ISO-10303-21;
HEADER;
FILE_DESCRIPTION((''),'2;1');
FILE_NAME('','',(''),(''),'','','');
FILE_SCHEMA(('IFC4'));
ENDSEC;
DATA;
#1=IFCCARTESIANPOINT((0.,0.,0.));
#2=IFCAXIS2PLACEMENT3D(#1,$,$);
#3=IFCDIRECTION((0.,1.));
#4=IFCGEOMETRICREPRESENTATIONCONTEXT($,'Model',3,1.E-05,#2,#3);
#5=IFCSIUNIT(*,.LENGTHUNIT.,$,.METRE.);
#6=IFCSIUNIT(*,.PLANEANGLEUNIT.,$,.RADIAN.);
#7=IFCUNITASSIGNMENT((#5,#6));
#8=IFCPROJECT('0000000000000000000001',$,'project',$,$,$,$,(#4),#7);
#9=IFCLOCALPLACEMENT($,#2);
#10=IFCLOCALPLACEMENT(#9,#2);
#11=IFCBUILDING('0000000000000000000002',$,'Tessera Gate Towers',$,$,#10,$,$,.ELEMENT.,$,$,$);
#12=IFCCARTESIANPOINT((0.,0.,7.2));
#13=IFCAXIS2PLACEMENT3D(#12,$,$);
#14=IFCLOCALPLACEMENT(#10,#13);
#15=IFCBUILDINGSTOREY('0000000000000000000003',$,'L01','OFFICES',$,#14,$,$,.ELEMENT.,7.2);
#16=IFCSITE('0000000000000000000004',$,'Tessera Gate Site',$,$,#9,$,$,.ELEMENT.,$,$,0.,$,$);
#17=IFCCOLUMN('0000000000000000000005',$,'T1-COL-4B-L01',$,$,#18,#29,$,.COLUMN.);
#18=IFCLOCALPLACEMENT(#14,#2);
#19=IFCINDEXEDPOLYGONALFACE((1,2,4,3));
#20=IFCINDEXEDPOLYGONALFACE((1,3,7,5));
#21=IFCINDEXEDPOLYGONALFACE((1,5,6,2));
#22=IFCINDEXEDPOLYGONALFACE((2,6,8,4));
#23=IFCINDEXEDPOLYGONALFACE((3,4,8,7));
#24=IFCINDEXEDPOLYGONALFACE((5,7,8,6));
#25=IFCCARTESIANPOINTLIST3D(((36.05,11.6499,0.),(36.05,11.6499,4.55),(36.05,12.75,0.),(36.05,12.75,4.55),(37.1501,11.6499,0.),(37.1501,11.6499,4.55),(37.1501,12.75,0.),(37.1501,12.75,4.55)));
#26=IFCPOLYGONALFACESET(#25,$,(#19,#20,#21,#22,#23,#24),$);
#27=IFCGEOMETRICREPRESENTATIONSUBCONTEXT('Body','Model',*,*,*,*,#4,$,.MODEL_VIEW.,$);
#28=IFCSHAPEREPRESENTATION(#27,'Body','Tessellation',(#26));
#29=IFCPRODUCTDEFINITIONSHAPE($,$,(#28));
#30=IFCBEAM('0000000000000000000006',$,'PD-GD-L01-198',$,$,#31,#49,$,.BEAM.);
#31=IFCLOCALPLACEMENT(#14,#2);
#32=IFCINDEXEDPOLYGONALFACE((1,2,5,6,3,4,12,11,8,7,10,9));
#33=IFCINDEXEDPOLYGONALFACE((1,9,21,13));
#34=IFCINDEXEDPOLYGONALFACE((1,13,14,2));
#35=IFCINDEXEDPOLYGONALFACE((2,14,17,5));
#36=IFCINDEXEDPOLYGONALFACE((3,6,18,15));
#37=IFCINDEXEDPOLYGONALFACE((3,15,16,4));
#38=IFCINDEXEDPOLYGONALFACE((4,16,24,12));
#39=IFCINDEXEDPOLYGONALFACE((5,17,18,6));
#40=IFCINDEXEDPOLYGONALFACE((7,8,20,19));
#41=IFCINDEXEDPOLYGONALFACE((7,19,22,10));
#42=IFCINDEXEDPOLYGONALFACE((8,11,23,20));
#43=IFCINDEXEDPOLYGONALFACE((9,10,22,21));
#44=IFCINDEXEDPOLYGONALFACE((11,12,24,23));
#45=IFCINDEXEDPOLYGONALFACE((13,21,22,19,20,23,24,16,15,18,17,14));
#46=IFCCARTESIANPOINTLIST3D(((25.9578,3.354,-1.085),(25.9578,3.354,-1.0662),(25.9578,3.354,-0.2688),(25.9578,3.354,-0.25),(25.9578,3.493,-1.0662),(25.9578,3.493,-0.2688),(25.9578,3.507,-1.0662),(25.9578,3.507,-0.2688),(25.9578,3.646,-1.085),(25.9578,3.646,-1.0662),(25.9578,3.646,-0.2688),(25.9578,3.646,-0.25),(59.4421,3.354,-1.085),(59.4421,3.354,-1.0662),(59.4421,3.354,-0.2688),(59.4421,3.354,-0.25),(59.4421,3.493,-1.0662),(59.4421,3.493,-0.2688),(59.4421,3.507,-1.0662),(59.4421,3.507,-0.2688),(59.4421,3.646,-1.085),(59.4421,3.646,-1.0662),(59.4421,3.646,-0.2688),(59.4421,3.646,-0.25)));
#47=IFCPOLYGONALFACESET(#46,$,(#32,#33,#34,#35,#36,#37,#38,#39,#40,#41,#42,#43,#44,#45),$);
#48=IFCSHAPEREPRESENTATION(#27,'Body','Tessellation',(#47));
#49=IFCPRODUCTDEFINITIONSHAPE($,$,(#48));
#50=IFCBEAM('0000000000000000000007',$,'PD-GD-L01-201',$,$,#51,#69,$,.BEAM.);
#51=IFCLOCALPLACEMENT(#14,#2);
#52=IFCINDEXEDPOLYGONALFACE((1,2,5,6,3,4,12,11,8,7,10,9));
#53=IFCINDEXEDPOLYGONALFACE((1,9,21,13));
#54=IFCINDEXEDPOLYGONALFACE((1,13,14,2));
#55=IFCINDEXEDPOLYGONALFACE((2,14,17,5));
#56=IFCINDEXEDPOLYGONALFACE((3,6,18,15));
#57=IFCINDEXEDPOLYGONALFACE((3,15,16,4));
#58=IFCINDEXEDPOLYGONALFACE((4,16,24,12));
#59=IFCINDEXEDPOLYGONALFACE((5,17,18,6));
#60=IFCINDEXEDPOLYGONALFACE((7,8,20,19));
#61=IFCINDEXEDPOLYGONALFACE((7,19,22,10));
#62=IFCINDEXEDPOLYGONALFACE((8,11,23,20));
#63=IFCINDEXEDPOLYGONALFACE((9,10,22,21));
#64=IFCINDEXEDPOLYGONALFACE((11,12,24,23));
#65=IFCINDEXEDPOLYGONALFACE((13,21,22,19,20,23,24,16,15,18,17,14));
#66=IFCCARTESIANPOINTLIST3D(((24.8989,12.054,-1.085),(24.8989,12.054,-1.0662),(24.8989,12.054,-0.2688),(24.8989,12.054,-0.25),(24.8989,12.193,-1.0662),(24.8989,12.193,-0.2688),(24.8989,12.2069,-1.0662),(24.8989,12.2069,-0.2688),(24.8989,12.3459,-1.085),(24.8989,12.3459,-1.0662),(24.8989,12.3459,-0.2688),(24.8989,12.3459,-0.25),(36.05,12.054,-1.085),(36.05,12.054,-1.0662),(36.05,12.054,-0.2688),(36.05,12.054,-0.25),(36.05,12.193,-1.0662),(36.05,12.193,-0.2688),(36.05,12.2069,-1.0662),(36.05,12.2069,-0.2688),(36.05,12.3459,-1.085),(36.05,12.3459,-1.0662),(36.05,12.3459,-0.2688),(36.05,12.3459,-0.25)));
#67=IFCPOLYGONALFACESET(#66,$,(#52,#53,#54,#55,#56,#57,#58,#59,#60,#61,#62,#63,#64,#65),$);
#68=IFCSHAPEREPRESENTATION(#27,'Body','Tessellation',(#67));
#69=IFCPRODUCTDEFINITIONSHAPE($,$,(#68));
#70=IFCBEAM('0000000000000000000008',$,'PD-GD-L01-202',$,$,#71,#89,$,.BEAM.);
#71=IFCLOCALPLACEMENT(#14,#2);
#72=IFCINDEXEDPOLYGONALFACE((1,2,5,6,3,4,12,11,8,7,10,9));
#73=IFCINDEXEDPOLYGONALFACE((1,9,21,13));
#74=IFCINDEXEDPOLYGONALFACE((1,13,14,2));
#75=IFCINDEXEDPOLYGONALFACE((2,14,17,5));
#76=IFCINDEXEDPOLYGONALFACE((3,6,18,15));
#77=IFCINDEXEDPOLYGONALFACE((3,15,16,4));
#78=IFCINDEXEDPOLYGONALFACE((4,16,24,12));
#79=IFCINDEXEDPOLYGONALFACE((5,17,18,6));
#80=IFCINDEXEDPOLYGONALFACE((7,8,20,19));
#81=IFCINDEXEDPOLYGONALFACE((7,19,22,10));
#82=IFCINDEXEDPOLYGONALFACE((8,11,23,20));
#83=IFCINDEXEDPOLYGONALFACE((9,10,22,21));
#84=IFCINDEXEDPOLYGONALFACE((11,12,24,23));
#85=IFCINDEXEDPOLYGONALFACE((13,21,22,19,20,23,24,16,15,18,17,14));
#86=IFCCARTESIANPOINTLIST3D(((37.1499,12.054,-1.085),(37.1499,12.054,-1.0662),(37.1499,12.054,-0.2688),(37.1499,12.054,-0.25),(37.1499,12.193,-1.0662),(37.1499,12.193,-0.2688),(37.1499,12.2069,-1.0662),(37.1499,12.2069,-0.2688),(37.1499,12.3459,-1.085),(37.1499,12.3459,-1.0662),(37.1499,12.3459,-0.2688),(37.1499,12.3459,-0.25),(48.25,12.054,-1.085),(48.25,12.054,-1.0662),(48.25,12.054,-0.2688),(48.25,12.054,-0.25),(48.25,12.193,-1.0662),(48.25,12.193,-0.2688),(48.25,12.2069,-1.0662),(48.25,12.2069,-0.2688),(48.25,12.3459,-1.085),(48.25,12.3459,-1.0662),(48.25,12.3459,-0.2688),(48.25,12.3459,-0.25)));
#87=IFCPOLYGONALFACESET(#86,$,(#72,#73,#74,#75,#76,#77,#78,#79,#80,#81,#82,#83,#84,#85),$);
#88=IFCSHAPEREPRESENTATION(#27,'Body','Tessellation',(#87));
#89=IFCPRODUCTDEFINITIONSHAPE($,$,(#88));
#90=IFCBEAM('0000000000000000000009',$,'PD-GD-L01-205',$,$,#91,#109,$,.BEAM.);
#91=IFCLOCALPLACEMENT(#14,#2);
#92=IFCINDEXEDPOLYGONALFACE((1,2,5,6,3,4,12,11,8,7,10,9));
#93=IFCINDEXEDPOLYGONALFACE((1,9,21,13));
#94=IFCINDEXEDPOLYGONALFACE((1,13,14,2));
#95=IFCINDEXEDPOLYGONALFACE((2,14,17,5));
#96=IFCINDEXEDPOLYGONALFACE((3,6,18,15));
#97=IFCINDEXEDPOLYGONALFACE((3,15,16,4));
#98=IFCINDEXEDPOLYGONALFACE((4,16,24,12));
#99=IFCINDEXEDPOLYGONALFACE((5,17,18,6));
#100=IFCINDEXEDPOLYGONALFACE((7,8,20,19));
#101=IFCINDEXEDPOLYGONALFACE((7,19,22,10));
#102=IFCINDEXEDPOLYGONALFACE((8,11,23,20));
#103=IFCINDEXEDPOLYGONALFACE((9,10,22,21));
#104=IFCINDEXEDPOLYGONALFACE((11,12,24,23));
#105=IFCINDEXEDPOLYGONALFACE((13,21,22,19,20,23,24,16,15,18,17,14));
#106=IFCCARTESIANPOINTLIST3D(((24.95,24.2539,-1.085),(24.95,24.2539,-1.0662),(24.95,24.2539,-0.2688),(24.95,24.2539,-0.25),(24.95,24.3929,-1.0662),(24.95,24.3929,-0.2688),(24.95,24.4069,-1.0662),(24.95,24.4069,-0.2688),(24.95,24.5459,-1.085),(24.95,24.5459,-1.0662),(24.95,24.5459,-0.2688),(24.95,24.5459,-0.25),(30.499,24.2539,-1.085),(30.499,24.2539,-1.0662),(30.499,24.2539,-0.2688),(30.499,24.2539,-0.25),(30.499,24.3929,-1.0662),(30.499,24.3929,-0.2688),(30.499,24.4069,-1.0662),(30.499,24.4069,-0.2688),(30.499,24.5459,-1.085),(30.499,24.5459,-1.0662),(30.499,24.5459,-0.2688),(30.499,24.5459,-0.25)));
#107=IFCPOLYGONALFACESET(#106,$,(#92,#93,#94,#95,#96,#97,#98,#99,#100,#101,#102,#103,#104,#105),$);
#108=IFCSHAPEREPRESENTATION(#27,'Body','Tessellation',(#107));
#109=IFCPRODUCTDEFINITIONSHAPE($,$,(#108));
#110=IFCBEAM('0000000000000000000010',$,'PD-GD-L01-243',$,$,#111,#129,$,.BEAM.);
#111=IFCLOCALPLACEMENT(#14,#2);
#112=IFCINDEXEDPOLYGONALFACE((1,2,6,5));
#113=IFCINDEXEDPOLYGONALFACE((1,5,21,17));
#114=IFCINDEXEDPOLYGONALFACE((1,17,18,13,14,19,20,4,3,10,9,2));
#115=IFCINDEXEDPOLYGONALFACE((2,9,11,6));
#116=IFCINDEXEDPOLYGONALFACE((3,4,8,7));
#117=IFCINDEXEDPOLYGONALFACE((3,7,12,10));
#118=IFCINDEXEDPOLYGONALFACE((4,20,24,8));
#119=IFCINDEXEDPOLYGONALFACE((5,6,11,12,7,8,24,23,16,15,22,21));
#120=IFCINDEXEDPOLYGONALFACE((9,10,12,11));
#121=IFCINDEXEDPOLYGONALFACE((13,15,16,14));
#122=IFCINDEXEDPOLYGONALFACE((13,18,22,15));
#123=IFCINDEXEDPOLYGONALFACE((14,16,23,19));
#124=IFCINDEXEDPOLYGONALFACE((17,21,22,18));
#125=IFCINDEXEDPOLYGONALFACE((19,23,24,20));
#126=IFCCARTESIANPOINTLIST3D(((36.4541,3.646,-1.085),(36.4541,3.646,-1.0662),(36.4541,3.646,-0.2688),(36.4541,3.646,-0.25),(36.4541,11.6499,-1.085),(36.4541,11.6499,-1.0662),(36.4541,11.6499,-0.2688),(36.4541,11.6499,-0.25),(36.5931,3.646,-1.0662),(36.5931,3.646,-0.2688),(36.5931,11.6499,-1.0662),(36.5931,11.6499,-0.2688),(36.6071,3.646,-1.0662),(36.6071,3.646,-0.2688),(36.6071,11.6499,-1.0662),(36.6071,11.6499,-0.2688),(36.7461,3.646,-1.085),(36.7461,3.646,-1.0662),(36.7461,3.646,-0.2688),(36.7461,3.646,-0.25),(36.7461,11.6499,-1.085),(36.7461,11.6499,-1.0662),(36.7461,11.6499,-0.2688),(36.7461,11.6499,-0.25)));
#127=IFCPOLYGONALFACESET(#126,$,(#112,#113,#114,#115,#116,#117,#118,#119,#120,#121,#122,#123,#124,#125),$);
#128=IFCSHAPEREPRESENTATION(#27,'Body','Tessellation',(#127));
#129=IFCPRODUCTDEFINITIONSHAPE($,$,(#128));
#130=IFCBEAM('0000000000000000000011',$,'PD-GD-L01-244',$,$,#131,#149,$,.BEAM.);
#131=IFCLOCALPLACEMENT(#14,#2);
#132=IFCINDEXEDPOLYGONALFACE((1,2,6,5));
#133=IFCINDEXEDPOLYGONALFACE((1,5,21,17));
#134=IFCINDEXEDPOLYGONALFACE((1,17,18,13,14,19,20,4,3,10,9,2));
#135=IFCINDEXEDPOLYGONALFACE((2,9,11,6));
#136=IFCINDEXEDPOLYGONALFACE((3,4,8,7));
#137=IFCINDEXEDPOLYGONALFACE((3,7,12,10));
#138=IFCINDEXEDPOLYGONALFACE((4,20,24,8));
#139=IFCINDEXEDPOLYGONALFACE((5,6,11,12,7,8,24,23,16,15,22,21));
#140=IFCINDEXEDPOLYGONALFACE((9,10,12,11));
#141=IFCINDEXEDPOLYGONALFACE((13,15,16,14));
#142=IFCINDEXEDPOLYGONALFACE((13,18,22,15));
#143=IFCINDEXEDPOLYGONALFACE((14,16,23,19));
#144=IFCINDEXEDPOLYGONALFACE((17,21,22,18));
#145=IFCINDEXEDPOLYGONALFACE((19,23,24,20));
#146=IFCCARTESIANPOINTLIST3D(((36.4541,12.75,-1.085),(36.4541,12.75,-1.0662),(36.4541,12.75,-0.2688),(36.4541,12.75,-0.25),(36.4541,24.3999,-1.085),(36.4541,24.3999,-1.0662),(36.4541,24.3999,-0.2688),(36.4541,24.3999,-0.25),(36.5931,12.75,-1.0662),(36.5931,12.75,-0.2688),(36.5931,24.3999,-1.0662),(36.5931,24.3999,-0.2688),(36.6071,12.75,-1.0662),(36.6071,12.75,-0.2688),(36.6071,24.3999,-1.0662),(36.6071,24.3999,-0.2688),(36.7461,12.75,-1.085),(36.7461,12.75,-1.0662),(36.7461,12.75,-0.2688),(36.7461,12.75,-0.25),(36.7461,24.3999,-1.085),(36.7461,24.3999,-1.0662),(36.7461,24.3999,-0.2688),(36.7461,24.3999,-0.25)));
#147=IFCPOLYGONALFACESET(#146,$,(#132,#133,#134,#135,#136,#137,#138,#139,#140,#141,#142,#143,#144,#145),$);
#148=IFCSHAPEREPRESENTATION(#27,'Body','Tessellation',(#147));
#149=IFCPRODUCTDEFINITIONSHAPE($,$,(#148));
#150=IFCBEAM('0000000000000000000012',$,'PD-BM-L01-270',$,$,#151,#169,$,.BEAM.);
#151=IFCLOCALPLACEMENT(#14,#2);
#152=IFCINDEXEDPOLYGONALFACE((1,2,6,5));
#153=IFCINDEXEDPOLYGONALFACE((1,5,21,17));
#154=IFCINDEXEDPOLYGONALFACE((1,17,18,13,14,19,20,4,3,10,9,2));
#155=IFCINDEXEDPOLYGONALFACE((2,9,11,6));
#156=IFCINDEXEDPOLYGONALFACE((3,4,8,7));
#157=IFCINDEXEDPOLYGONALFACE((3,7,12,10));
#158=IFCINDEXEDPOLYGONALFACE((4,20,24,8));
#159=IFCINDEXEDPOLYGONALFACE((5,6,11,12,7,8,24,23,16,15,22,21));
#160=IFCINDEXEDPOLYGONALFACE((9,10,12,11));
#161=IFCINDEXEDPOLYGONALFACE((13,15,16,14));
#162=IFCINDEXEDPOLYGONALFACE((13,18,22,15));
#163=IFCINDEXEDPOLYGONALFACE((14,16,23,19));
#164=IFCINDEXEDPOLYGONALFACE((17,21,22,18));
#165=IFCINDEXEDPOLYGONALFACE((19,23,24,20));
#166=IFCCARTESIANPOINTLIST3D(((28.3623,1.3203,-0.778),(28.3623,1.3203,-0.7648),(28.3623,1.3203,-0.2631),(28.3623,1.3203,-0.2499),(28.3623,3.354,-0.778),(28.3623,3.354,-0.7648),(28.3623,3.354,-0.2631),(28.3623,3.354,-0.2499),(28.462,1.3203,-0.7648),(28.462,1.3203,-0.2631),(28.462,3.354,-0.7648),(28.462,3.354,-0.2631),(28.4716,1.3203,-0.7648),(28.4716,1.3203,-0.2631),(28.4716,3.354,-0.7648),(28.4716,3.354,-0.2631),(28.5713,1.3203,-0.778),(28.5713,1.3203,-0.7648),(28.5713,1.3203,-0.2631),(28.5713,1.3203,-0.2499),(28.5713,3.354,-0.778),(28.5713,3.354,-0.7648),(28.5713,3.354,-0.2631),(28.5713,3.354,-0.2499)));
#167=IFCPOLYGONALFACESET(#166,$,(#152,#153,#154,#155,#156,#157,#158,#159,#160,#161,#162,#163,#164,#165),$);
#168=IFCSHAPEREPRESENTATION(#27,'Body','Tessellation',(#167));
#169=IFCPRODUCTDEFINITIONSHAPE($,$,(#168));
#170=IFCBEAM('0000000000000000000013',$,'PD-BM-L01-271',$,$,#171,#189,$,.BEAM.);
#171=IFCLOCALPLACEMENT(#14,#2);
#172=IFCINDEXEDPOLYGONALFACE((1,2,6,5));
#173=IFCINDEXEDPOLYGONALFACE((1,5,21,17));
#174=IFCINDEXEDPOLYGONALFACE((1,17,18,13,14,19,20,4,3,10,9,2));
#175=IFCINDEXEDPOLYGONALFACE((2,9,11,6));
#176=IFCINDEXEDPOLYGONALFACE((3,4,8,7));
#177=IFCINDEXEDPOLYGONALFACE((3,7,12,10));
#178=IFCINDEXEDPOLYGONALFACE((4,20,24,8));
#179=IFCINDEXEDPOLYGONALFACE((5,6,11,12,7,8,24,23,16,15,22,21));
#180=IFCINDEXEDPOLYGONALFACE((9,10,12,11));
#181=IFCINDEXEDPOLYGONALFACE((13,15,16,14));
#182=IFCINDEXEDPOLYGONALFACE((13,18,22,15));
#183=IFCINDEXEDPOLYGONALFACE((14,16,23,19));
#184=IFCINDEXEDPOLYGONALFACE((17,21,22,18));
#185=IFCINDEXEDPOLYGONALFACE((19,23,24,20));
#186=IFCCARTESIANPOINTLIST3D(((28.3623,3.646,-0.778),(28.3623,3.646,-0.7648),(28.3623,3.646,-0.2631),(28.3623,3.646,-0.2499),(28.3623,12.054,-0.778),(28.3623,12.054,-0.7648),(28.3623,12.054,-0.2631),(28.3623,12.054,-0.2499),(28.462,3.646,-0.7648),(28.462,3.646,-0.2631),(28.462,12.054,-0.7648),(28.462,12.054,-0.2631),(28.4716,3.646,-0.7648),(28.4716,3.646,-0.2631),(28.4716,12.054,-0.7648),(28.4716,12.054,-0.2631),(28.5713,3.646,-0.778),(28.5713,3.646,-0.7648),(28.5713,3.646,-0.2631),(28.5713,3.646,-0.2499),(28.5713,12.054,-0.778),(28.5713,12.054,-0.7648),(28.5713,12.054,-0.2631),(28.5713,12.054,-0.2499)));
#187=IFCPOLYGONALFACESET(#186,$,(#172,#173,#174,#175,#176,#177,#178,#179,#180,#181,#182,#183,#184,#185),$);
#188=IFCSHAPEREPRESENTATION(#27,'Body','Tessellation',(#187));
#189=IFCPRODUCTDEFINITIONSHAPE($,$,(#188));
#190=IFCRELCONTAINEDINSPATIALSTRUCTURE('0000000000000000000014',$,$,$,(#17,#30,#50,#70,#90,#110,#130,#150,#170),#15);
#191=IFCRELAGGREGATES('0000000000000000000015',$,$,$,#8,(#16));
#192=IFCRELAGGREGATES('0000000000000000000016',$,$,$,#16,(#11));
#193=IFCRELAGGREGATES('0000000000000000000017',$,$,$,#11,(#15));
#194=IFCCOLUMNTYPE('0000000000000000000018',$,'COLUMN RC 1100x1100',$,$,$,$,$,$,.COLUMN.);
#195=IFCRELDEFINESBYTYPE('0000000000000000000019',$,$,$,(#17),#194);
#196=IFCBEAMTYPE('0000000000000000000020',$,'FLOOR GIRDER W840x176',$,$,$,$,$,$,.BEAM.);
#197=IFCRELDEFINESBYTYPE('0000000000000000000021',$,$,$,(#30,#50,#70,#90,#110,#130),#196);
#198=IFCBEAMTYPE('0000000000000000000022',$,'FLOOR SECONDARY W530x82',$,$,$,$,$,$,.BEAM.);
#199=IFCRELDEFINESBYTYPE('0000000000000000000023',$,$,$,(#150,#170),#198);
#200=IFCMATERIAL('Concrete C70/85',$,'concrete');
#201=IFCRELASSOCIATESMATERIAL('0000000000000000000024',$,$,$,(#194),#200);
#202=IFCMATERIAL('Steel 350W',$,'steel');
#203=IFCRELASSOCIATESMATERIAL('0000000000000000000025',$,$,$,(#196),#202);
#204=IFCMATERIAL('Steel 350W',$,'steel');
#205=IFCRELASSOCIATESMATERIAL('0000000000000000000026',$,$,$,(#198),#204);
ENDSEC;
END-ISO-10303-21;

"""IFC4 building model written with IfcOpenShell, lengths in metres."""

from ifc_helpers import new_model, si_unit, direction, frame, origin, origin_2d, place, context, subcontext, project, spatial, rectangle, i_section, extrude, material, material_profile, profile_set, type_object, element, save


model = new_model("IFC4")

# Units and contexts
model_context = context("Model", 3, precision=1e-05, world=origin(), true_north=direction((0.0, 1.0)))
body_context = subcontext(model_context, "Body", "Model", "MODEL_VIEW")
ifc_project = project(units=[si_unit("LENGTHUNIT", "METRE"), si_unit("PLANEANGLEUNIT", "RADIAN")], contexts=[model_context])

# Site, building, storey
site_placement = place(None, origin())
site = spatial("IfcSite", under=ifc_project, at=site_placement, Name="Tessera Gate Site", CompositionType="ELEMENT", RefElevation=0.0)
building_placement = place(site_placement, origin())
building = spatial("IfcBuilding", under=site, at=building_placement, Name="Tessera Gate Towers", CompositionType="ELEMENT")
storey_placement = place(building_placement, frame((0.0, 0.0, 7.2)))
storey = spatial("IfcBuildingStorey", under=building, at=storey_placement, Name="L01", Description="OFFICES", CompositionType="ELEMENT", Elevation=7.2)

# Column
ifc_material_1 = material(Name="Concrete C70/85", Category="concrete")
ifc_material_profile_1 = material_profile(ifc_material_1, rectangle(XDim=1.1001, YDim=1.1001, at=origin_2d()), Name="RC 1100x1100")
ifc_profile_set_1 = profile_set([ifc_material_profile_1], Name="Concrete C70/85")
column_type = type_object("IfcColumnType", Name="COLUMN RC 1100x1100", PredefinedType="COLUMN", material=ifc_profile_set_1)
column_placement = place(storey_placement, frame((36.6001, 12.2, 0.0), z_axis=(0.0, 0.0, 1.0), x_axis=(1.0, 0.0, 0.0)))
element("IfcColumn", 1, at=column_placement, inside=storey, type_object=column_type, Name="T1-COL-4B-L01", PredefinedType="COLUMN", context=body_context, shape_type="SweptSolid", body=[
    extrude(rectangle(XDim=1.1001, YDim=1.1001, at=origin_2d()), origin(), (0.0, 0.0, 1.0), 4.55),
])

# Beams
ifc_material_2 = material(Name="Steel 350W", Category="steel")
ifc_material_profile_2 = material_profile(ifc_material_2, i_section(OverallWidth=0.292, OverallDepth=0.835, WebThickness=0.0139, FlangeThickness=0.0188, at=origin_2d()), Name="W840x176")
ifc_profile_set_2 = profile_set([ifc_material_profile_2], Name="Steel 350W")
beam_type_1 = type_object("IfcBeamType", Name="FLOOR GIRDER W840x176", PredefinedType="BEAM", material=ifc_profile_set_2)
beam_1_placement = place(storey_placement, frame((25.9578, 3.5, -0.6675), z_axis=(1.0, 0.0, 0.0), x_axis=(0.0, 1.0, 0.0)))
element("IfcBeam", 2, at=beam_1_placement, inside=storey, type_object=beam_type_1, Name="PD-GD-L01-198", PredefinedType="BEAM", context=body_context, shape_type="SweptSolid", body=[
    extrude(i_section(OverallWidth=0.292, OverallDepth=0.835, WebThickness=0.0139, FlangeThickness=0.0188, at=origin_2d()), origin(), (0.0, 0.0, 1.0), 33.4844),
])
beam_2_placement = place(storey_placement, frame((24.8989, 12.2, -0.6675), z_axis=(1.0, 0.0, 0.0), x_axis=(0.0, 1.0, 0.0)))
element("IfcBeam", 3, at=beam_2_placement, inside=storey, type_object=beam_type_1, Name="PD-GD-L01-201", PredefinedType="BEAM", context=body_context, shape_type="SweptSolid", body=[
    extrude(i_section(OverallWidth=0.292, OverallDepth=0.835, WebThickness=0.0139, FlangeThickness=0.0188, at=origin_2d()), origin(), (0.0, 0.0, 1.0), 11.1511),
])
beam_3_placement = place(storey_placement, frame((37.1499, 12.2, -0.6675), z_axis=(1.0, 0.0, 0.0), x_axis=(0.0, 1.0, 0.0)))
element("IfcBeam", 4, at=beam_3_placement, inside=storey, type_object=beam_type_1, Name="PD-GD-L01-202", PredefinedType="BEAM", context=body_context, shape_type="SweptSolid", body=[
    extrude(i_section(OverallWidth=0.292, OverallDepth=0.835, WebThickness=0.0139, FlangeThickness=0.0188, at=origin_2d()), origin(), (0.0, 0.0, 1.0), 11.1001),
])
beam_4_placement = place(storey_placement, frame((24.95, 24.3999, -0.6675), z_axis=(1.0, 0.0, 0.0), x_axis=(0.0, 1.0, 0.0)))
element("IfcBeam", 5, at=beam_4_placement, inside=storey, type_object=beam_type_1, Name="PD-GD-L01-205", PredefinedType="BEAM", context=body_context, shape_type="SweptSolid", body=[
    extrude(i_section(OverallWidth=0.292, OverallDepth=0.835, WebThickness=0.0139, FlangeThickness=0.0188, at=origin_2d()), origin(), (0.0, 0.0, 1.0), 5.5491),
])
beam_5_placement = place(storey_placement, frame((36.6001, 3.646, -0.6675), z_axis=(0.0, 1.0, 0.0), x_axis=(-1.0, 0.0, 0.0)))
element("IfcBeam", 6, at=beam_5_placement, inside=storey, type_object=beam_type_1, Name="PD-GD-L01-243", PredefinedType="BEAM", context=body_context, shape_type="SweptSolid", body=[
    extrude(i_section(OverallWidth=0.292, OverallDepth=0.835, WebThickness=0.0139, FlangeThickness=0.0188, at=origin_2d()), origin(), (0.0, 0.0, 1.0), 8.0039),
])
beam_6_placement = place(storey_placement, frame((36.6001, 12.75, -0.6675), z_axis=(0.0, 1.0, 0.0), x_axis=(-1.0, 0.0, 0.0)))
element("IfcBeam", 7, at=beam_6_placement, inside=storey, type_object=beam_type_1, Name="PD-GD-L01-244", PredefinedType="BEAM", context=body_context, shape_type="SweptSolid", body=[
    extrude(i_section(OverallWidth=0.292, OverallDepth=0.835, WebThickness=0.0139, FlangeThickness=0.0188, at=origin_2d()), origin(), (0.0, 0.0, 1.0), 11.6499),
])
ifc_material_3 = material(Name="Steel 350W", Category="steel")
ifc_material_profile_3 = material_profile(ifc_material_3, i_section(OverallWidth=0.209, OverallDepth=0.5281, WebThickness=0.0095, FlangeThickness=0.0132, at=origin_2d()), Name="W530x82")
ifc_profile_set_3 = profile_set([ifc_material_profile_3], Name="Steel 350W")
beam_type_2 = type_object("IfcBeamType", Name="FLOOR SECONDARY W530x82", PredefinedType="BEAM", material=ifc_profile_set_3)
beam_7_placement = place(storey_placement, frame((28.4668, 1.3203, -0.5139), z_axis=(0.0, 1.0, 0.0), x_axis=(-1.0, 0.0, 0.0)))
element("IfcBeam", 8, at=beam_7_placement, inside=storey, type_object=beam_type_2, Name="PD-BM-L01-270", PredefinedType="BEAM", context=body_context, shape_type="SweptSolid", body=[
    extrude(i_section(OverallWidth=0.209, OverallDepth=0.5281, WebThickness=0.0095, FlangeThickness=0.0132, at=origin_2d()), origin(), (0.0, 0.0, 1.0), 2.0337),
])
beam_8_placement = place(storey_placement, frame((28.4668, 3.646, -0.5139), z_axis=(0.0, 1.0, 0.0), x_axis=(-1.0, 0.0, 0.0)))
element("IfcBeam", 9, at=beam_8_placement, inside=storey, type_object=beam_type_2, Name="PD-BM-L01-271", PredefinedType="BEAM", context=body_context, shape_type="SweptSolid", body=[
    extrude(i_section(OverallWidth=0.209, OverallDepth=0.5281, WebThickness=0.0095, FlangeThickness=0.0132, at=origin_2d()), origin(), (0.0, 0.0, 1.0), 8.408),
])

save(model, "model.ifc")
